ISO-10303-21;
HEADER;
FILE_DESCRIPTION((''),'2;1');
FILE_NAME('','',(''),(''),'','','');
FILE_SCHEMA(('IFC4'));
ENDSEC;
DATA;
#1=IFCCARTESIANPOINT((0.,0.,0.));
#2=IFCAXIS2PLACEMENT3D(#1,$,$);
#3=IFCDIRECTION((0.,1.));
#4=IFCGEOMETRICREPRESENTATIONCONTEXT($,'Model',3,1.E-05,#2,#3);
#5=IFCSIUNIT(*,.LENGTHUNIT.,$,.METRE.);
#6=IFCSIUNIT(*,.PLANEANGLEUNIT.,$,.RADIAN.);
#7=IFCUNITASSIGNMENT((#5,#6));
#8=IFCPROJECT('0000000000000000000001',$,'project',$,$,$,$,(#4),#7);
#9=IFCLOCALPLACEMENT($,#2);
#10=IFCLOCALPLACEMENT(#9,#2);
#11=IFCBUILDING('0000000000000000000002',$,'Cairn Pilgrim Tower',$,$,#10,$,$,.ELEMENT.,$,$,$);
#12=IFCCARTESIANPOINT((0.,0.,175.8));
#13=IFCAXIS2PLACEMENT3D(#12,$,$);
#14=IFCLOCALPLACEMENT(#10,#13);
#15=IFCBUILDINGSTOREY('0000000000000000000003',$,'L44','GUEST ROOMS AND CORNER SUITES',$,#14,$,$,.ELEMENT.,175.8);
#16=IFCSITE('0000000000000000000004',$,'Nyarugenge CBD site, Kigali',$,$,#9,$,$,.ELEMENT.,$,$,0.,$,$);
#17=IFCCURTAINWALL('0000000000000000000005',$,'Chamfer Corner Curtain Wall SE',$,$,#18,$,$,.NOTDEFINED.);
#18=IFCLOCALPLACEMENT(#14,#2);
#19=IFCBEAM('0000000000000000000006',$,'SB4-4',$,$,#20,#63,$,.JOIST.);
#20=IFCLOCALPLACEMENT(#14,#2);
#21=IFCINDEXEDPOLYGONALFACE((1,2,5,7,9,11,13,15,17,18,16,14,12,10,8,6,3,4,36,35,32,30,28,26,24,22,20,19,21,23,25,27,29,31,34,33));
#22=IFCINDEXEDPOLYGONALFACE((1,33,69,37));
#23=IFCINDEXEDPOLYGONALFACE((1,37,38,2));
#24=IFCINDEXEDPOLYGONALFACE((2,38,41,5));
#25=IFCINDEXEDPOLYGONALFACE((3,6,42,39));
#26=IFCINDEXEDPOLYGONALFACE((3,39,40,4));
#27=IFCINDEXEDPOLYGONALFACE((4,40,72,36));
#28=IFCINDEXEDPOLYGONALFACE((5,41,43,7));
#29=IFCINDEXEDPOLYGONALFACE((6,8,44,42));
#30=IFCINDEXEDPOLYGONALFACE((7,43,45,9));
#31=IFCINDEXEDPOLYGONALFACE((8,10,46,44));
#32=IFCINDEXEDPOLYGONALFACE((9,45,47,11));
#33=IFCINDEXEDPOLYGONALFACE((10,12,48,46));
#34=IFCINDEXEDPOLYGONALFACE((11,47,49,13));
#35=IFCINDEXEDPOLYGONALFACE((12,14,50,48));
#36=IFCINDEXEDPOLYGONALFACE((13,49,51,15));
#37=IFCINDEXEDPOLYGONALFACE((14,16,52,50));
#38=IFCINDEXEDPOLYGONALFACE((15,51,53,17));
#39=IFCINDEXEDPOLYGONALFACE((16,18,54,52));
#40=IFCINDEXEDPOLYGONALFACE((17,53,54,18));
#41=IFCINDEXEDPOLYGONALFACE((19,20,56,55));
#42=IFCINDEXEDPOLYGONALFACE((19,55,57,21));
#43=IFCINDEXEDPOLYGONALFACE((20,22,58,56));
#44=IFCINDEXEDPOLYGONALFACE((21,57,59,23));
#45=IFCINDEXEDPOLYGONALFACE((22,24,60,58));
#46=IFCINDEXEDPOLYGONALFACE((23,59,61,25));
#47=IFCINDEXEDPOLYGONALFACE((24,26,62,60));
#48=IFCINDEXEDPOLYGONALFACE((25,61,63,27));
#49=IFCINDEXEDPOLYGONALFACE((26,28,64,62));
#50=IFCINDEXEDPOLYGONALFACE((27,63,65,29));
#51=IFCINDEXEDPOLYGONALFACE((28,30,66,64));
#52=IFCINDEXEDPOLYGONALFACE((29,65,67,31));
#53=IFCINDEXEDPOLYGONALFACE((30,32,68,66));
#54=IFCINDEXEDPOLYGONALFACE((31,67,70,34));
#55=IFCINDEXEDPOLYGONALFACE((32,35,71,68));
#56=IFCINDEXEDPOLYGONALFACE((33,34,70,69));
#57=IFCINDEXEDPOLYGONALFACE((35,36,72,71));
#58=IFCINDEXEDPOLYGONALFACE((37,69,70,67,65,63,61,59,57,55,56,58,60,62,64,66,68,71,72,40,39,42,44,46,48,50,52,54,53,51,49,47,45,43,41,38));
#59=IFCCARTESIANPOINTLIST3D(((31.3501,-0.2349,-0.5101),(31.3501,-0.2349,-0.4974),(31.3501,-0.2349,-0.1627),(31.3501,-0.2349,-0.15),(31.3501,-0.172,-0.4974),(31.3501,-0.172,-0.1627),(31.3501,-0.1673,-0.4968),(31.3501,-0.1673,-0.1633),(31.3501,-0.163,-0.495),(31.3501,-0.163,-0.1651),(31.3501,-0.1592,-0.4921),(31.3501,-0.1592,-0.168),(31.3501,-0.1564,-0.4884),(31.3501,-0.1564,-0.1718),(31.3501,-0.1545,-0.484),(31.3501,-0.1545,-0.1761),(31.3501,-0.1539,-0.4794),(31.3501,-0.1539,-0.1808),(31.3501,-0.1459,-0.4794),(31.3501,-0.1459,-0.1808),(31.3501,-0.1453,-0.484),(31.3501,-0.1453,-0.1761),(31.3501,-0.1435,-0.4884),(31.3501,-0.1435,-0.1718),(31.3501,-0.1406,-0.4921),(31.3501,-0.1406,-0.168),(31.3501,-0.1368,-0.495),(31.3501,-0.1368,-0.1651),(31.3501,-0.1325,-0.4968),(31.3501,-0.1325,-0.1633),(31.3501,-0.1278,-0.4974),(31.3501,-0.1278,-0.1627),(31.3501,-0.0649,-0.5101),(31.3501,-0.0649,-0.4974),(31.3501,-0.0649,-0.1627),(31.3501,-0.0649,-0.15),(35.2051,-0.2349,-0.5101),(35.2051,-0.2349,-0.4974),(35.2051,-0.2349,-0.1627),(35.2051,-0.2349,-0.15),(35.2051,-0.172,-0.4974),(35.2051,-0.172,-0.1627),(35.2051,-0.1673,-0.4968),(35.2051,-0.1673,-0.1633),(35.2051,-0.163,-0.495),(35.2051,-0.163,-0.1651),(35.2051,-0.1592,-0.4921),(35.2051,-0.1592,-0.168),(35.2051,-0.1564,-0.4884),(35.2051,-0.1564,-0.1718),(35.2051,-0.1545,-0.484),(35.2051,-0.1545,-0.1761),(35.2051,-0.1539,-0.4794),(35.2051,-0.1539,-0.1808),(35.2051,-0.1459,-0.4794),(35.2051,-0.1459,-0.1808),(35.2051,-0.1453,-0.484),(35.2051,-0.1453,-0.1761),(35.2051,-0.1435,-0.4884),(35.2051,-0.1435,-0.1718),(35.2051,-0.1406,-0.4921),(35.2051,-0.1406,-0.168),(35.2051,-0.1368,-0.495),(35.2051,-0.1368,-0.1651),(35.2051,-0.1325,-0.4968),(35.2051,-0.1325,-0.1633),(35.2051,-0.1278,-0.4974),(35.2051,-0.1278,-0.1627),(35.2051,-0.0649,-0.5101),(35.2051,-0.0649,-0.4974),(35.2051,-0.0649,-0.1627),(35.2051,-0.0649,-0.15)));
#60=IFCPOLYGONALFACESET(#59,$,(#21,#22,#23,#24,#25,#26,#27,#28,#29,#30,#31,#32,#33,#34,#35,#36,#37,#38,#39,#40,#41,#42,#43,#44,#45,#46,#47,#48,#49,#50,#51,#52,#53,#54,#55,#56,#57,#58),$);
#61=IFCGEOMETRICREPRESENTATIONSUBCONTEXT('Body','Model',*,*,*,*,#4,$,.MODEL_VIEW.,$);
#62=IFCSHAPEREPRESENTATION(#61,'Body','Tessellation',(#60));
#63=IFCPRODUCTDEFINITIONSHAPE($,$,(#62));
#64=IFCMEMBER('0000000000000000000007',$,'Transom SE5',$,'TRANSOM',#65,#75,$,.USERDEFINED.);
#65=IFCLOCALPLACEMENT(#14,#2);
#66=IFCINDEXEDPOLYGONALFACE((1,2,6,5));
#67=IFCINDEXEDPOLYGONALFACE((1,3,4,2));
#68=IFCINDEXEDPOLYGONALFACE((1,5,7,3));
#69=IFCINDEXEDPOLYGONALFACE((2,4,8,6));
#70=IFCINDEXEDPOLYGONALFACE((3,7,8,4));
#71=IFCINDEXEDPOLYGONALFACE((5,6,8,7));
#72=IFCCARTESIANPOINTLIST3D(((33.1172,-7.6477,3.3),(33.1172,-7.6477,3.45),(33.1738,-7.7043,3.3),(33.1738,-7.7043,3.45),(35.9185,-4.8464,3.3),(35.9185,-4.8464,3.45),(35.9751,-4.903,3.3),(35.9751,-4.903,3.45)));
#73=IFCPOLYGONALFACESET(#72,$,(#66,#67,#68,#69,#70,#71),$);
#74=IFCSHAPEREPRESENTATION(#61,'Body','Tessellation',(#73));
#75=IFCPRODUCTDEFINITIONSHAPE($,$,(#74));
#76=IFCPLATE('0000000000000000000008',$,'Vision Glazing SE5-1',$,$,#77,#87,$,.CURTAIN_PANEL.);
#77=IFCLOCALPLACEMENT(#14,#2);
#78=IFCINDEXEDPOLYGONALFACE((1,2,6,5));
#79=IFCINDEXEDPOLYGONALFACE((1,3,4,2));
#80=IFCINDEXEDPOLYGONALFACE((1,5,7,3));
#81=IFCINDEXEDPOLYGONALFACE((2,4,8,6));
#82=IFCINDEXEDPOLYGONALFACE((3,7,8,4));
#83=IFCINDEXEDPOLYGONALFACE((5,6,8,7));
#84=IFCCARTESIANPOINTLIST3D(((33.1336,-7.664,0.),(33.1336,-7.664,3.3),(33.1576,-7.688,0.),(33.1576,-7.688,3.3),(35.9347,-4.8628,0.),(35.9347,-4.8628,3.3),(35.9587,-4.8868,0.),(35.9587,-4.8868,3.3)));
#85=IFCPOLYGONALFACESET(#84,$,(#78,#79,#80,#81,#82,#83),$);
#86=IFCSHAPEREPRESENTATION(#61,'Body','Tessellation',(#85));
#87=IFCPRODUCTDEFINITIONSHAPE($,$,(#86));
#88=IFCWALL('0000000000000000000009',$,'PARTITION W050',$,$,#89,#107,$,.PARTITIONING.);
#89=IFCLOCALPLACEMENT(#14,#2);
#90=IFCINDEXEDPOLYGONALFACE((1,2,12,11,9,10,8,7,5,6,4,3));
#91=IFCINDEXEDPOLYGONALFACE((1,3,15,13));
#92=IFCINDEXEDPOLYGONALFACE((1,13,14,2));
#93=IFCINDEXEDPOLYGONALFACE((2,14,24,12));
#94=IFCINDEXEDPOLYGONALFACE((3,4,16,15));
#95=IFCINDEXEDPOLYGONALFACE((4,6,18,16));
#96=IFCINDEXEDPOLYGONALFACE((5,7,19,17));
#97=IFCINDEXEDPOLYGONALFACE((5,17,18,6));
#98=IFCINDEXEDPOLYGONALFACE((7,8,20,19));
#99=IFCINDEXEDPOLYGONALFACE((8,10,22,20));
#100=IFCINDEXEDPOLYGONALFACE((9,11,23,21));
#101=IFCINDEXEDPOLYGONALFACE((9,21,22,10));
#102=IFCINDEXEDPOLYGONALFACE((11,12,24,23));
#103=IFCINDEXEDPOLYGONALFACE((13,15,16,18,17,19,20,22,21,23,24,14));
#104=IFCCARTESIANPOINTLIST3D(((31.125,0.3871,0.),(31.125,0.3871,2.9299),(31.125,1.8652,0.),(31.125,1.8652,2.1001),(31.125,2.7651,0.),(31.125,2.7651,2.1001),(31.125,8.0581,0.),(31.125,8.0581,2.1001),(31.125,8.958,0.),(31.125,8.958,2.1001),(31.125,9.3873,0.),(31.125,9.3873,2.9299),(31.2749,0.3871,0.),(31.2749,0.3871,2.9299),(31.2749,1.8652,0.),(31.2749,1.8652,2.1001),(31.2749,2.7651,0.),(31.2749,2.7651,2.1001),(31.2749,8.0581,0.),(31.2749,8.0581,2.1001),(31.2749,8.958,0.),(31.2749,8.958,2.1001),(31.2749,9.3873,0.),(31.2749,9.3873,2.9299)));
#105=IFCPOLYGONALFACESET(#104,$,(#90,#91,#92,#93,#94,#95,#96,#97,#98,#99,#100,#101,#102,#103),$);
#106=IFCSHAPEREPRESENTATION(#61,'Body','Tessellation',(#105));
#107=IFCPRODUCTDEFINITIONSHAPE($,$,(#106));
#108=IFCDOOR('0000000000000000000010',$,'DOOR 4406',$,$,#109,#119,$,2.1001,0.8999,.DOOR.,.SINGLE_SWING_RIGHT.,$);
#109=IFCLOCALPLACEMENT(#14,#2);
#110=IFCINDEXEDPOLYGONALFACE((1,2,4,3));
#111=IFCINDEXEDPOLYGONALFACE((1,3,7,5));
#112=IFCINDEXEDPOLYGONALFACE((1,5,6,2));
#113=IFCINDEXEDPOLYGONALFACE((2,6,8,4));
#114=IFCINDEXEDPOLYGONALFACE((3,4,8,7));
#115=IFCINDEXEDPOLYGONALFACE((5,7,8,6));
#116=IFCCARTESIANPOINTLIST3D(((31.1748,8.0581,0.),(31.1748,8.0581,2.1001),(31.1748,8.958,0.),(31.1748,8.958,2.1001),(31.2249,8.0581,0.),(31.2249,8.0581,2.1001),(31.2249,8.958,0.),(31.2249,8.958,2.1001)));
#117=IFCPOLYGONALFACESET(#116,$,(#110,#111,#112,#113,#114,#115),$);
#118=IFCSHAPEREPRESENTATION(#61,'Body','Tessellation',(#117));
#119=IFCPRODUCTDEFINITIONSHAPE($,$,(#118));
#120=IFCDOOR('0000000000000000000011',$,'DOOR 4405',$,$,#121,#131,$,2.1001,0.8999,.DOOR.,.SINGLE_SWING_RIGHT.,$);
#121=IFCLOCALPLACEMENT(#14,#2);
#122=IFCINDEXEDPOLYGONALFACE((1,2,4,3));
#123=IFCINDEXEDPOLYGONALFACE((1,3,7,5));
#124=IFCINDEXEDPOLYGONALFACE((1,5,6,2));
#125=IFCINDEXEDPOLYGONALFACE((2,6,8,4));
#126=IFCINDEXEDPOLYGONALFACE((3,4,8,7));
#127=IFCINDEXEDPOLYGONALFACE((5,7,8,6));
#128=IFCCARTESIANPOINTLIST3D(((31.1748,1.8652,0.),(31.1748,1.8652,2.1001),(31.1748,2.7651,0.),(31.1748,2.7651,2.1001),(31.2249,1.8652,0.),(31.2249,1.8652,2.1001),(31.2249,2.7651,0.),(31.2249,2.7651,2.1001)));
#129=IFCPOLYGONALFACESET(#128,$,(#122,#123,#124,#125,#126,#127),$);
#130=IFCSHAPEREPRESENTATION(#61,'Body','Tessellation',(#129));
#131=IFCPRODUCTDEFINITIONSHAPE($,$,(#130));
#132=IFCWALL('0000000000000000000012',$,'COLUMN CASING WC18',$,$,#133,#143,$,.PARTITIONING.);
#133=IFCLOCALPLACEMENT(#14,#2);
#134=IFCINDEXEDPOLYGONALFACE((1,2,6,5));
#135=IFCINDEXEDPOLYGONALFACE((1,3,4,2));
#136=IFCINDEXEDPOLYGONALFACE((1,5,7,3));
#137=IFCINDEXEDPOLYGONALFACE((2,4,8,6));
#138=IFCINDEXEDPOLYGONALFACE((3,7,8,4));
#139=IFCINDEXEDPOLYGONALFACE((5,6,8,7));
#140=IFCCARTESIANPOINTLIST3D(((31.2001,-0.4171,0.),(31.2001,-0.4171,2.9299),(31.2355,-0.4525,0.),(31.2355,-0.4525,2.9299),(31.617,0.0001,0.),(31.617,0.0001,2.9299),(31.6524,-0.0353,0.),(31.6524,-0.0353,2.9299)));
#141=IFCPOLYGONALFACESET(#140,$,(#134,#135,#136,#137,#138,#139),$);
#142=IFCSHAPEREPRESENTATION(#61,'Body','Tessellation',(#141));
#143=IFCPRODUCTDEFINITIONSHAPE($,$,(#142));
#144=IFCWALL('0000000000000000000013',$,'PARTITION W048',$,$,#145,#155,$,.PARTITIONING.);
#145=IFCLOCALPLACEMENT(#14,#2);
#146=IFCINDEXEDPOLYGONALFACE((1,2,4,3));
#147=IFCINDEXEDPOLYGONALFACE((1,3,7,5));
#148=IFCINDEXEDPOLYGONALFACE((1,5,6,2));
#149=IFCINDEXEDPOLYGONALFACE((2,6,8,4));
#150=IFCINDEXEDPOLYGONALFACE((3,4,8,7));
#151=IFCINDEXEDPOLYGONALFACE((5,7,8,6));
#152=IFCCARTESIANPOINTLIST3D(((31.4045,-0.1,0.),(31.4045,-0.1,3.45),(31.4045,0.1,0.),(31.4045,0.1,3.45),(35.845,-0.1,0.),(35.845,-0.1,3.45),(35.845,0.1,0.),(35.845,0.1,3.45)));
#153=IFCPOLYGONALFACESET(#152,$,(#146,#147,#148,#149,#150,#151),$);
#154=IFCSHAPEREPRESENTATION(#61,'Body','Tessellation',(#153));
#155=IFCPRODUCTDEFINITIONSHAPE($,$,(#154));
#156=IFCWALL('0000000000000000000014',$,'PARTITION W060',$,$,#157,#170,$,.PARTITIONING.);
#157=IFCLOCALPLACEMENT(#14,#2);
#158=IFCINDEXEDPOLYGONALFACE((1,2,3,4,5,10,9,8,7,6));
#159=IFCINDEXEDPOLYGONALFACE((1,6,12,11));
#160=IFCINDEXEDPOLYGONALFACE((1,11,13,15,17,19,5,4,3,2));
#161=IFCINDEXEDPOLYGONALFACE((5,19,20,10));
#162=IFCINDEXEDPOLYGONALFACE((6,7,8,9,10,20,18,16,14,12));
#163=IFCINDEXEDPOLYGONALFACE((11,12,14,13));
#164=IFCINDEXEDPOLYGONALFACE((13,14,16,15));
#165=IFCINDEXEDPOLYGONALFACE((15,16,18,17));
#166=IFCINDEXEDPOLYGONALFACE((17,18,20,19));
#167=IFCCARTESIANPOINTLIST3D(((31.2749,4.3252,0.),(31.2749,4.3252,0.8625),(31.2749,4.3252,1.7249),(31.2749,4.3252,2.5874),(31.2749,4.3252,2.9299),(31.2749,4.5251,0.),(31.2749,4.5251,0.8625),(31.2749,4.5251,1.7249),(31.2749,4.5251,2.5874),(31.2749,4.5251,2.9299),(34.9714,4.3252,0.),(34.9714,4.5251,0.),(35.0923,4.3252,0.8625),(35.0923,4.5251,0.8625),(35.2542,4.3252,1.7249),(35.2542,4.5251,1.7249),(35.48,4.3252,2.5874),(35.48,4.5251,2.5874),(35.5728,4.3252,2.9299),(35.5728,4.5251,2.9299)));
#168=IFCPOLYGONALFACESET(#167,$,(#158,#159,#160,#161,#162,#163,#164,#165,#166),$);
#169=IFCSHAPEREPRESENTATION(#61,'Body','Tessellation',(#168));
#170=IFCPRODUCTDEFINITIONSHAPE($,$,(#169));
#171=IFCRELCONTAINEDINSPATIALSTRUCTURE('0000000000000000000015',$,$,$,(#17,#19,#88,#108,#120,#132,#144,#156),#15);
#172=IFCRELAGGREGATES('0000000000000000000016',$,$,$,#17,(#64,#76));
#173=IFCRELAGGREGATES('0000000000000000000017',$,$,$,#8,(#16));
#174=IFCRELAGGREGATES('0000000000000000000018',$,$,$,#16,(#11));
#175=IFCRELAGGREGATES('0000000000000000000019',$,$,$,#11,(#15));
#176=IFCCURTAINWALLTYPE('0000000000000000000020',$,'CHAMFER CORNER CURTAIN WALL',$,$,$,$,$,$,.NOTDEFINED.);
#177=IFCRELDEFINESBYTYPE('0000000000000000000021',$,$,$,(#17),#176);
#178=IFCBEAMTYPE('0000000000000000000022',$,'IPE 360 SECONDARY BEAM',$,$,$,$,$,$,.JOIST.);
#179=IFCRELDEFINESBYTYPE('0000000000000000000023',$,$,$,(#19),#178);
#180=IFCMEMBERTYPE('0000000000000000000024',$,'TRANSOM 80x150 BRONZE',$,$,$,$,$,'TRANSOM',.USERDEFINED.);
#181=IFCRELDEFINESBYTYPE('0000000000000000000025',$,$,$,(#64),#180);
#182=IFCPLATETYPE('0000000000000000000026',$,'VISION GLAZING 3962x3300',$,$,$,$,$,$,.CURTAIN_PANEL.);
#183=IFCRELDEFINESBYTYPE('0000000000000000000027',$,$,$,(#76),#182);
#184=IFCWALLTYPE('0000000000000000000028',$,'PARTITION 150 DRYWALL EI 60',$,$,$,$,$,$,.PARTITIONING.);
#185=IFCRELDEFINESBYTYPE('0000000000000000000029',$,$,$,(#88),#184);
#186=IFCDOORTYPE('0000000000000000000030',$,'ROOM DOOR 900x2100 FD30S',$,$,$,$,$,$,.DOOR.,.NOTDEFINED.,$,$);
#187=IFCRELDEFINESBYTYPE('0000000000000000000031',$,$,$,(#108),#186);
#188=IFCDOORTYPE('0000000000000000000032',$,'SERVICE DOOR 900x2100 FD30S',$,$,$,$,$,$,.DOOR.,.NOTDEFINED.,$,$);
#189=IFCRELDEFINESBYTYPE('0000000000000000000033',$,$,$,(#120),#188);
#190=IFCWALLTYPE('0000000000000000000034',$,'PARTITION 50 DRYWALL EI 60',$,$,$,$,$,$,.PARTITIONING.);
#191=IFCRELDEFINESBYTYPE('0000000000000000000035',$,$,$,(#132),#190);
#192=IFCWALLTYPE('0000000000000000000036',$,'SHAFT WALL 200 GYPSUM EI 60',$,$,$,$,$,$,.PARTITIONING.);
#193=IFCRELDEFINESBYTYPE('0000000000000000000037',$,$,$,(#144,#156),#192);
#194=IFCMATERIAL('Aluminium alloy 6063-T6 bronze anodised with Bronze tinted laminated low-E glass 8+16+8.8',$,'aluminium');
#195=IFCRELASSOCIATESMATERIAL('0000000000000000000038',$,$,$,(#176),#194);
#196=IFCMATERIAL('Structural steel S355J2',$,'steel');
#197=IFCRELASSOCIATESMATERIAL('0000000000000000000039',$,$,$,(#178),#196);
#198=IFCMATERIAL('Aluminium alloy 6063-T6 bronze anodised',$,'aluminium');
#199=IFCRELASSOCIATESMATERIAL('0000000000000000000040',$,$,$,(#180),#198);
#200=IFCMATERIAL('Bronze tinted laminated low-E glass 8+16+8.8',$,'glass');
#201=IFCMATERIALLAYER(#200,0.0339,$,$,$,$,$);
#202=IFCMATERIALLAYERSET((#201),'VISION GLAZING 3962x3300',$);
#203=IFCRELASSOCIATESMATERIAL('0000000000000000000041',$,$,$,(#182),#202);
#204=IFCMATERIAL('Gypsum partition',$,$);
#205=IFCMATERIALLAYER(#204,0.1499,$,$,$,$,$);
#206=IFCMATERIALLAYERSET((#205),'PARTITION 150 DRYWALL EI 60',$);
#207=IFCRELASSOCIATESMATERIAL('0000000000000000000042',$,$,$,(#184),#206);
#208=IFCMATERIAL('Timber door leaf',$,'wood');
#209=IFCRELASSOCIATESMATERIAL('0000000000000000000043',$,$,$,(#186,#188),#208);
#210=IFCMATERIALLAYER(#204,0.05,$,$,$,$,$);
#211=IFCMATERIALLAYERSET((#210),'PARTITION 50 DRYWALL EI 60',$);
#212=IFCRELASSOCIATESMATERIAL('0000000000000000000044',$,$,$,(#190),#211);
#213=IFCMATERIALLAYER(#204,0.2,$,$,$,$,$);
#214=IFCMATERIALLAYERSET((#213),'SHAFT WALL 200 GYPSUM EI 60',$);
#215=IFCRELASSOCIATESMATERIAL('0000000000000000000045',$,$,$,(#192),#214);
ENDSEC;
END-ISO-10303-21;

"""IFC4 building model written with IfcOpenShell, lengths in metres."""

from ifc_helpers import new_model, si_unit, direction, frame, frame_2d, origin, origin_2d, place, context, subcontext, project, spatial, polyline, rectangle, i_section, outline, extrude, material, layer, layer_set, material_profile, profile_set, type_object, element, fill, aggregate, save


model = new_model("IFC4")

# Units and contexts
model_context = context("Model", 3, precision=1e-05, world=origin(), true_north=direction((0.0, 1.0)))
body_context = subcontext(model_context, "Body", "Model", "MODEL_VIEW")
ifc_project = project(units=[si_unit("LENGTHUNIT", "METRE"), si_unit("PLANEANGLEUNIT", "RADIAN")], contexts=[model_context])

# Site, building, storey
site_placement = place(None, origin())
site = spatial("IfcSite", under=ifc_project, at=site_placement, Name="Nyarugenge CBD site, Kigali", CompositionType="ELEMENT", RefElevation=0.0)
building_placement = place(site_placement, origin())
building = spatial("IfcBuilding", under=site, at=building_placement, Name="Cairn Pilgrim Tower", CompositionType="ELEMENT")
storey_placement = place(building_placement, frame((0.0, 0.0, 175.8)))
storey = spatial("IfcBuildingStorey", under=building, at=storey_placement, Name="L44", Description="GUEST ROOMS AND CORNER SUITES", CompositionType="ELEMENT", Elevation=175.8)

# Curtain wall
ifc_material_1 = material(Name="Aluminium alloy 6063-T6 bronze anodised with Bronze tinted laminated low-E glass 8+16+8.8", Category="aluminium")
curtain_wall_type_1 = type_object("IfcCurtainWallType", Name="CHAMFER CORNER CURTAIN WALL", PredefinedType="NOTDEFINED", material=ifc_material_1)
curtain_wall_1_placement = place(storey_placement, origin())
curtain_wall_1 = element("IfcCurtainWall", 1, at=curtain_wall_1_placement, inside=storey, type_object=curtain_wall_type_1, Name="Chamfer Corner Curtain Wall SE", PredefinedType="NOTDEFINED")
ifc_material_2 = material(Name="Aluminium alloy 6063-T6 bronze anodised", Category="aluminium")

# Beam
ifc_material_3 = material(Name="Structural steel S355J2", Category="steel")
ifc_material_profile_1 = material_profile(ifc_material_3, i_section(OverallWidth=0.1699, OverallDepth=0.3601, WebThickness=0.0081, FlangeThickness=0.0127, FilletRadius=0.0181, at=origin_2d()), Name="IPE 360")
ifc_profile_set_1 = profile_set([ifc_material_profile_1], Name="Structural steel S355J2")
beam_type_1 = type_object("IfcBeamType", Name="IPE 360 SECONDARY BEAM", PredefinedType="JOIST", material=ifc_profile_set_1)
beam_1_placement = place(storey_placement, frame((31.3501, -0.1499, -0.3301), z_axis=(1.0, 0.0, 0.0), x_axis=(0.0, 1.0, 0.0)))
element("IfcBeam", 2, at=beam_1_placement, inside=storey, type_object=beam_type_1, Name="SB4-4", PredefinedType="JOIST", context=body_context, shape_type="SweptSolid", body=[
    extrude(i_section(OverallWidth=0.1699, OverallDepth=0.3601, WebThickness=0.0081, FlangeThickness=0.0127, FilletRadius=0.0181, at=origin_2d()), origin(), (0.0, 0.0, 1.0), 3.855),
])

# Member
ifc_material_profile_2 = material_profile(ifc_material_2, rectangle(XDim=0.0801, YDim=0.1499, at=origin_2d()), Name="TRANSOM 80x150 BRONZE")
ifc_profile_set_2 = profile_set([ifc_material_profile_2], Name="Aluminium alloy 6063-T6 bronze anodised")
member_type_1 = type_object("IfcMemberType", Name="TRANSOM 80x150 BRONZE", ElementType="TRANSOM", PredefinedType="USERDEFINED", material=ifc_profile_set_2)
member_1_placement = place(storey_placement, frame((33.1455, -7.676, 3.375), z_axis=(0.707107, 0.707107, 0.0), x_axis=(-0.707107, 0.707107, 0.0)))
member_1 = element("IfcMember", 3, at=member_1_placement, type_object=member_type_1, Name="Transom SE5", ObjectType="TRANSOM", PredefinedType="USERDEFINED", context=body_context, shape_type="SweptSolid", body=[
    extrude(rectangle(XDim=0.0801, YDim=0.1499, at=origin_2d()), origin(), (0.0, 0.0, 1.0), 3.9617),
])

# Plate
ifc_material_4 = material(Name="Bronze tinted laminated low-E glass 8+16+8.8", Category="glass")
ifc_layer_1 = layer(ifc_material_4, 0.0339)
ifc_layer_set_1 = layer_set([ifc_layer_1], Name="VISION GLAZING 3962x3300")
plate_type = type_object("IfcPlateType", Name="VISION GLAZING 3962x3300", PredefinedType="CURTAIN_PANEL", material=ifc_layer_set_1)
plate_placement = place(storey_placement, frame((34.5461, -6.2754, 0.0), z_axis=(0.0, 0.0, 1.0), x_axis=(0.707107, 0.707107, 0.0)))
plate = element("IfcPlate", 4, at=plate_placement, type_object=plate_type, Name="Vision Glazing SE5-1", PredefinedType="CURTAIN_PANEL", context=body_context, shape_type="SweptSolid", body=[
    extrude(rectangle(XDim=3.9614, YDim=0.0339, at=origin_2d()), origin(), (0.0, 0.0, 1.0), 3.3),
])
aggregate(curtain_wall_1, [member_1, plate])

# Wall, openings, doors
ifc_material_5 = material(Name="Gypsum partition")
ifc_layer_2 = layer(ifc_material_5, 0.1499)
ifc_layer_set_2 = layer_set([ifc_layer_2], Name="PARTITION 150 DRYWALL EI 60")
wall_type_1 = type_object("IfcWallType", Name="PARTITION 150 DRYWALL EI 60", PredefinedType="PARTITIONING", material=ifc_layer_set_2)
wall_1_placement = place(storey_placement, frame((31.2, 0.3872, 0.0), z_axis=(0.0, 0.0, 1.0), x_axis=(0.0, 1.0, 0.0)))
wall_1 = element("IfcWall", 5, at=wall_1_placement, inside=storey, type_object=wall_type_1, Name="PARTITION W050", PredefinedType="PARTITIONING", context=body_context, shape_type="SweptSolid", body=[
    extrude(rectangle(XDim=9.0002, YDim=0.1499, at=frame_2d((4.5, 0.0))), origin(), (0.0, 0.0, 1.0), 2.9299),
])
opening_1_placement = place(wall_1_placement, frame((1.478, 0.0, 0.0)))
opening_1 = element("IfcOpeningElement", 6, at=opening_1_placement, cuts=wall_1, PredefinedType="OPENING", context=body_context, shape_type="SweptSolid", body=[
    extrude(rectangle(XDim=0.8999, YDim=2.1001, at=frame_2d((0.45, 1.05))), frame((0.0, 0.085, 0.0), z_axis=(0.0, -1.0, 0.0), x_axis=(1.0, 0.0, 0.0)), (0.0, 0.0, 1.0), 0.1699),
])
opening_2_placement = place(wall_1_placement, frame((7.6709, 0.0, 0.0)))
opening_2 = element("IfcOpeningElement", 7, at=opening_2_placement, cuts=wall_1, PredefinedType="OPENING", context=body_context, shape_type="SweptSolid", body=[
    extrude(rectangle(XDim=0.8999, YDim=2.1001, at=frame_2d((0.45, 1.05))), frame((0.0, 0.085, 0.0), z_axis=(0.0, -1.0, 0.0), x_axis=(1.0, 0.0, 0.0)), (0.0, 0.0, 1.0), 0.1699),
])
ifc_material_6 = material(Name="Timber door leaf", Category="wood")
door_type_1 = type_object("IfcDoorType", Name="ROOM DOOR 900x2100 FD30S", OperationType="NOTDEFINED", PredefinedType="DOOR", material=ifc_material_6)
door_1_placement = place(opening_2_placement, frame((0.8999, 0.0, 0.0), z_axis=(0.0, 0.0, 1.0), x_axis=(-1.0, 0.0, 0.0)))
door_1 = element("IfcDoor", 8, at=door_1_placement, inside=storey, type_object=door_type_1, Name="DOOR 4406", OperationType="SINGLE_SWING_RIGHT", OverallHeight=2.1001, OverallWidth=0.8999, PredefinedType="DOOR", context=body_context, shape_type="SweptSolid", body=[
    extrude(rectangle(XDim=0.8999, YDim=2.1001, at=frame_2d((0.45, 1.05))), frame((0.0, 0.0249, 0.0), z_axis=(0.0, -1.0, 0.0), x_axis=(1.0, 0.0, 0.0)), (0.0, 0.0, 1.0), 0.05),
])
fill(opening_2, door_1)
door_type_2 = type_object("IfcDoorType", Name="SERVICE DOOR 900x2100 FD30S", OperationType="NOTDEFINED", PredefinedType="DOOR", material=ifc_material_6)
door_2_placement = place(opening_1_placement, frame((0.8999, 0.0, 0.0), z_axis=(0.0, 0.0, 1.0), x_axis=(-1.0, 0.0, 0.0)))
door_2 = element("IfcDoor", 9, at=door_2_placement, inside=storey, type_object=door_type_2, Name="DOOR 4405", OperationType="SINGLE_SWING_RIGHT", OverallHeight=2.1001, OverallWidth=0.8999, PredefinedType="DOOR", context=body_context, shape_type="SweptSolid", body=[
    extrude(rectangle(XDim=0.8999, YDim=2.1001, at=frame_2d((0.45, 1.05))), frame((0.0, 0.0249, 0.0), z_axis=(0.0, -1.0, 0.0), x_axis=(1.0, 0.0, 0.0)), (0.0, 0.0, 1.0), 0.05),
])
fill(opening_1, door_2)

# Walls
ifc_layer_3 = layer(ifc_material_5, 0.05)
ifc_layer_set_3 = layer_set([ifc_layer_3], Name="PARTITION 50 DRYWALL EI 60")
wall_type_2 = type_object("IfcWallType", Name="PARTITION 50 DRYWALL EI 60", PredefinedType="PARTITIONING", material=ifc_layer_set_3)
wall_2_placement = place(storey_placement, frame((31.2178, -0.4348, 0.0), z_axis=(0.0, 0.0, 1.0), x_axis=(0.7069, 0.707314, 0.0)))
element("IfcWall", 10, at=wall_2_placement, inside=storey, type_object=wall_type_2, Name="COLUMN CASING WC18", PredefinedType="PARTITIONING", context=body_context, shape_type="SweptSolid", body=[
    extrude(rectangle(XDim=0.5898, YDim=0.05, at=frame_2d((0.2949, 0.0))), origin(), (0.0, 0.0, 1.0), 2.9299),
])
ifc_layer_4 = layer(ifc_material_5, 0.2)
ifc_layer_set_4 = layer_set([ifc_layer_4], Name="SHAFT WALL 200 GYPSUM EI 60")
wall_type_3 = type_object("IfcWallType", Name="SHAFT WALL 200 GYPSUM EI 60", PredefinedType="PARTITIONING", material=ifc_layer_set_4)
wall_3_placement = place(storey_placement, frame((31.4045, 0.0, 0.0), z_axis=(0.0, 0.0, 1.0), x_axis=(1.0, 0.0, 0.0)))
element("IfcWall", 11, at=wall_3_placement, inside=storey, type_object=wall_type_3, Name="PARTITION W048", PredefinedType="PARTITIONING", context=body_context, shape_type="SweptSolid", body=[
    extrude(rectangle(XDim=4.4404, YDim=0.2, at=frame_2d((2.2202, 0.0))), origin(), (0.0, 0.0, 1.0), 3.45),
])
wall_4_placement = place(storey_placement, frame((31.2749, 4.425, 0.0), z_axis=(0.0, 0.0, 1.0), x_axis=(1.0, 0.0, 0.0)))
element("IfcWall", 12, at=wall_4_placement, inside=storey, type_object=wall_type_3, Name="PARTITION W060", PredefinedType="PARTITIONING", context=body_context, shape_type="SweptSolid", body=[
    extrude(outline(polyline([(0.0, 0.0), (3.6965, 0.0), (3.8174, 0.8625), (3.9792, 1.7249), (4.2051, 2.5874), (4.2979, 2.9299), (0.0, 2.9299), (0.0, 2.5874), (0.0, 1.7249), (0.0, 0.8625), (0.0, 0.0)])), frame((0.0, 0.1001, 0.0), z_axis=(0.0, -1.0, 0.0), x_axis=(1.0, 0.0, 0.0)), (0.0, 0.0, 1.0), 0.2),
])

save(model, "model.ifc")
